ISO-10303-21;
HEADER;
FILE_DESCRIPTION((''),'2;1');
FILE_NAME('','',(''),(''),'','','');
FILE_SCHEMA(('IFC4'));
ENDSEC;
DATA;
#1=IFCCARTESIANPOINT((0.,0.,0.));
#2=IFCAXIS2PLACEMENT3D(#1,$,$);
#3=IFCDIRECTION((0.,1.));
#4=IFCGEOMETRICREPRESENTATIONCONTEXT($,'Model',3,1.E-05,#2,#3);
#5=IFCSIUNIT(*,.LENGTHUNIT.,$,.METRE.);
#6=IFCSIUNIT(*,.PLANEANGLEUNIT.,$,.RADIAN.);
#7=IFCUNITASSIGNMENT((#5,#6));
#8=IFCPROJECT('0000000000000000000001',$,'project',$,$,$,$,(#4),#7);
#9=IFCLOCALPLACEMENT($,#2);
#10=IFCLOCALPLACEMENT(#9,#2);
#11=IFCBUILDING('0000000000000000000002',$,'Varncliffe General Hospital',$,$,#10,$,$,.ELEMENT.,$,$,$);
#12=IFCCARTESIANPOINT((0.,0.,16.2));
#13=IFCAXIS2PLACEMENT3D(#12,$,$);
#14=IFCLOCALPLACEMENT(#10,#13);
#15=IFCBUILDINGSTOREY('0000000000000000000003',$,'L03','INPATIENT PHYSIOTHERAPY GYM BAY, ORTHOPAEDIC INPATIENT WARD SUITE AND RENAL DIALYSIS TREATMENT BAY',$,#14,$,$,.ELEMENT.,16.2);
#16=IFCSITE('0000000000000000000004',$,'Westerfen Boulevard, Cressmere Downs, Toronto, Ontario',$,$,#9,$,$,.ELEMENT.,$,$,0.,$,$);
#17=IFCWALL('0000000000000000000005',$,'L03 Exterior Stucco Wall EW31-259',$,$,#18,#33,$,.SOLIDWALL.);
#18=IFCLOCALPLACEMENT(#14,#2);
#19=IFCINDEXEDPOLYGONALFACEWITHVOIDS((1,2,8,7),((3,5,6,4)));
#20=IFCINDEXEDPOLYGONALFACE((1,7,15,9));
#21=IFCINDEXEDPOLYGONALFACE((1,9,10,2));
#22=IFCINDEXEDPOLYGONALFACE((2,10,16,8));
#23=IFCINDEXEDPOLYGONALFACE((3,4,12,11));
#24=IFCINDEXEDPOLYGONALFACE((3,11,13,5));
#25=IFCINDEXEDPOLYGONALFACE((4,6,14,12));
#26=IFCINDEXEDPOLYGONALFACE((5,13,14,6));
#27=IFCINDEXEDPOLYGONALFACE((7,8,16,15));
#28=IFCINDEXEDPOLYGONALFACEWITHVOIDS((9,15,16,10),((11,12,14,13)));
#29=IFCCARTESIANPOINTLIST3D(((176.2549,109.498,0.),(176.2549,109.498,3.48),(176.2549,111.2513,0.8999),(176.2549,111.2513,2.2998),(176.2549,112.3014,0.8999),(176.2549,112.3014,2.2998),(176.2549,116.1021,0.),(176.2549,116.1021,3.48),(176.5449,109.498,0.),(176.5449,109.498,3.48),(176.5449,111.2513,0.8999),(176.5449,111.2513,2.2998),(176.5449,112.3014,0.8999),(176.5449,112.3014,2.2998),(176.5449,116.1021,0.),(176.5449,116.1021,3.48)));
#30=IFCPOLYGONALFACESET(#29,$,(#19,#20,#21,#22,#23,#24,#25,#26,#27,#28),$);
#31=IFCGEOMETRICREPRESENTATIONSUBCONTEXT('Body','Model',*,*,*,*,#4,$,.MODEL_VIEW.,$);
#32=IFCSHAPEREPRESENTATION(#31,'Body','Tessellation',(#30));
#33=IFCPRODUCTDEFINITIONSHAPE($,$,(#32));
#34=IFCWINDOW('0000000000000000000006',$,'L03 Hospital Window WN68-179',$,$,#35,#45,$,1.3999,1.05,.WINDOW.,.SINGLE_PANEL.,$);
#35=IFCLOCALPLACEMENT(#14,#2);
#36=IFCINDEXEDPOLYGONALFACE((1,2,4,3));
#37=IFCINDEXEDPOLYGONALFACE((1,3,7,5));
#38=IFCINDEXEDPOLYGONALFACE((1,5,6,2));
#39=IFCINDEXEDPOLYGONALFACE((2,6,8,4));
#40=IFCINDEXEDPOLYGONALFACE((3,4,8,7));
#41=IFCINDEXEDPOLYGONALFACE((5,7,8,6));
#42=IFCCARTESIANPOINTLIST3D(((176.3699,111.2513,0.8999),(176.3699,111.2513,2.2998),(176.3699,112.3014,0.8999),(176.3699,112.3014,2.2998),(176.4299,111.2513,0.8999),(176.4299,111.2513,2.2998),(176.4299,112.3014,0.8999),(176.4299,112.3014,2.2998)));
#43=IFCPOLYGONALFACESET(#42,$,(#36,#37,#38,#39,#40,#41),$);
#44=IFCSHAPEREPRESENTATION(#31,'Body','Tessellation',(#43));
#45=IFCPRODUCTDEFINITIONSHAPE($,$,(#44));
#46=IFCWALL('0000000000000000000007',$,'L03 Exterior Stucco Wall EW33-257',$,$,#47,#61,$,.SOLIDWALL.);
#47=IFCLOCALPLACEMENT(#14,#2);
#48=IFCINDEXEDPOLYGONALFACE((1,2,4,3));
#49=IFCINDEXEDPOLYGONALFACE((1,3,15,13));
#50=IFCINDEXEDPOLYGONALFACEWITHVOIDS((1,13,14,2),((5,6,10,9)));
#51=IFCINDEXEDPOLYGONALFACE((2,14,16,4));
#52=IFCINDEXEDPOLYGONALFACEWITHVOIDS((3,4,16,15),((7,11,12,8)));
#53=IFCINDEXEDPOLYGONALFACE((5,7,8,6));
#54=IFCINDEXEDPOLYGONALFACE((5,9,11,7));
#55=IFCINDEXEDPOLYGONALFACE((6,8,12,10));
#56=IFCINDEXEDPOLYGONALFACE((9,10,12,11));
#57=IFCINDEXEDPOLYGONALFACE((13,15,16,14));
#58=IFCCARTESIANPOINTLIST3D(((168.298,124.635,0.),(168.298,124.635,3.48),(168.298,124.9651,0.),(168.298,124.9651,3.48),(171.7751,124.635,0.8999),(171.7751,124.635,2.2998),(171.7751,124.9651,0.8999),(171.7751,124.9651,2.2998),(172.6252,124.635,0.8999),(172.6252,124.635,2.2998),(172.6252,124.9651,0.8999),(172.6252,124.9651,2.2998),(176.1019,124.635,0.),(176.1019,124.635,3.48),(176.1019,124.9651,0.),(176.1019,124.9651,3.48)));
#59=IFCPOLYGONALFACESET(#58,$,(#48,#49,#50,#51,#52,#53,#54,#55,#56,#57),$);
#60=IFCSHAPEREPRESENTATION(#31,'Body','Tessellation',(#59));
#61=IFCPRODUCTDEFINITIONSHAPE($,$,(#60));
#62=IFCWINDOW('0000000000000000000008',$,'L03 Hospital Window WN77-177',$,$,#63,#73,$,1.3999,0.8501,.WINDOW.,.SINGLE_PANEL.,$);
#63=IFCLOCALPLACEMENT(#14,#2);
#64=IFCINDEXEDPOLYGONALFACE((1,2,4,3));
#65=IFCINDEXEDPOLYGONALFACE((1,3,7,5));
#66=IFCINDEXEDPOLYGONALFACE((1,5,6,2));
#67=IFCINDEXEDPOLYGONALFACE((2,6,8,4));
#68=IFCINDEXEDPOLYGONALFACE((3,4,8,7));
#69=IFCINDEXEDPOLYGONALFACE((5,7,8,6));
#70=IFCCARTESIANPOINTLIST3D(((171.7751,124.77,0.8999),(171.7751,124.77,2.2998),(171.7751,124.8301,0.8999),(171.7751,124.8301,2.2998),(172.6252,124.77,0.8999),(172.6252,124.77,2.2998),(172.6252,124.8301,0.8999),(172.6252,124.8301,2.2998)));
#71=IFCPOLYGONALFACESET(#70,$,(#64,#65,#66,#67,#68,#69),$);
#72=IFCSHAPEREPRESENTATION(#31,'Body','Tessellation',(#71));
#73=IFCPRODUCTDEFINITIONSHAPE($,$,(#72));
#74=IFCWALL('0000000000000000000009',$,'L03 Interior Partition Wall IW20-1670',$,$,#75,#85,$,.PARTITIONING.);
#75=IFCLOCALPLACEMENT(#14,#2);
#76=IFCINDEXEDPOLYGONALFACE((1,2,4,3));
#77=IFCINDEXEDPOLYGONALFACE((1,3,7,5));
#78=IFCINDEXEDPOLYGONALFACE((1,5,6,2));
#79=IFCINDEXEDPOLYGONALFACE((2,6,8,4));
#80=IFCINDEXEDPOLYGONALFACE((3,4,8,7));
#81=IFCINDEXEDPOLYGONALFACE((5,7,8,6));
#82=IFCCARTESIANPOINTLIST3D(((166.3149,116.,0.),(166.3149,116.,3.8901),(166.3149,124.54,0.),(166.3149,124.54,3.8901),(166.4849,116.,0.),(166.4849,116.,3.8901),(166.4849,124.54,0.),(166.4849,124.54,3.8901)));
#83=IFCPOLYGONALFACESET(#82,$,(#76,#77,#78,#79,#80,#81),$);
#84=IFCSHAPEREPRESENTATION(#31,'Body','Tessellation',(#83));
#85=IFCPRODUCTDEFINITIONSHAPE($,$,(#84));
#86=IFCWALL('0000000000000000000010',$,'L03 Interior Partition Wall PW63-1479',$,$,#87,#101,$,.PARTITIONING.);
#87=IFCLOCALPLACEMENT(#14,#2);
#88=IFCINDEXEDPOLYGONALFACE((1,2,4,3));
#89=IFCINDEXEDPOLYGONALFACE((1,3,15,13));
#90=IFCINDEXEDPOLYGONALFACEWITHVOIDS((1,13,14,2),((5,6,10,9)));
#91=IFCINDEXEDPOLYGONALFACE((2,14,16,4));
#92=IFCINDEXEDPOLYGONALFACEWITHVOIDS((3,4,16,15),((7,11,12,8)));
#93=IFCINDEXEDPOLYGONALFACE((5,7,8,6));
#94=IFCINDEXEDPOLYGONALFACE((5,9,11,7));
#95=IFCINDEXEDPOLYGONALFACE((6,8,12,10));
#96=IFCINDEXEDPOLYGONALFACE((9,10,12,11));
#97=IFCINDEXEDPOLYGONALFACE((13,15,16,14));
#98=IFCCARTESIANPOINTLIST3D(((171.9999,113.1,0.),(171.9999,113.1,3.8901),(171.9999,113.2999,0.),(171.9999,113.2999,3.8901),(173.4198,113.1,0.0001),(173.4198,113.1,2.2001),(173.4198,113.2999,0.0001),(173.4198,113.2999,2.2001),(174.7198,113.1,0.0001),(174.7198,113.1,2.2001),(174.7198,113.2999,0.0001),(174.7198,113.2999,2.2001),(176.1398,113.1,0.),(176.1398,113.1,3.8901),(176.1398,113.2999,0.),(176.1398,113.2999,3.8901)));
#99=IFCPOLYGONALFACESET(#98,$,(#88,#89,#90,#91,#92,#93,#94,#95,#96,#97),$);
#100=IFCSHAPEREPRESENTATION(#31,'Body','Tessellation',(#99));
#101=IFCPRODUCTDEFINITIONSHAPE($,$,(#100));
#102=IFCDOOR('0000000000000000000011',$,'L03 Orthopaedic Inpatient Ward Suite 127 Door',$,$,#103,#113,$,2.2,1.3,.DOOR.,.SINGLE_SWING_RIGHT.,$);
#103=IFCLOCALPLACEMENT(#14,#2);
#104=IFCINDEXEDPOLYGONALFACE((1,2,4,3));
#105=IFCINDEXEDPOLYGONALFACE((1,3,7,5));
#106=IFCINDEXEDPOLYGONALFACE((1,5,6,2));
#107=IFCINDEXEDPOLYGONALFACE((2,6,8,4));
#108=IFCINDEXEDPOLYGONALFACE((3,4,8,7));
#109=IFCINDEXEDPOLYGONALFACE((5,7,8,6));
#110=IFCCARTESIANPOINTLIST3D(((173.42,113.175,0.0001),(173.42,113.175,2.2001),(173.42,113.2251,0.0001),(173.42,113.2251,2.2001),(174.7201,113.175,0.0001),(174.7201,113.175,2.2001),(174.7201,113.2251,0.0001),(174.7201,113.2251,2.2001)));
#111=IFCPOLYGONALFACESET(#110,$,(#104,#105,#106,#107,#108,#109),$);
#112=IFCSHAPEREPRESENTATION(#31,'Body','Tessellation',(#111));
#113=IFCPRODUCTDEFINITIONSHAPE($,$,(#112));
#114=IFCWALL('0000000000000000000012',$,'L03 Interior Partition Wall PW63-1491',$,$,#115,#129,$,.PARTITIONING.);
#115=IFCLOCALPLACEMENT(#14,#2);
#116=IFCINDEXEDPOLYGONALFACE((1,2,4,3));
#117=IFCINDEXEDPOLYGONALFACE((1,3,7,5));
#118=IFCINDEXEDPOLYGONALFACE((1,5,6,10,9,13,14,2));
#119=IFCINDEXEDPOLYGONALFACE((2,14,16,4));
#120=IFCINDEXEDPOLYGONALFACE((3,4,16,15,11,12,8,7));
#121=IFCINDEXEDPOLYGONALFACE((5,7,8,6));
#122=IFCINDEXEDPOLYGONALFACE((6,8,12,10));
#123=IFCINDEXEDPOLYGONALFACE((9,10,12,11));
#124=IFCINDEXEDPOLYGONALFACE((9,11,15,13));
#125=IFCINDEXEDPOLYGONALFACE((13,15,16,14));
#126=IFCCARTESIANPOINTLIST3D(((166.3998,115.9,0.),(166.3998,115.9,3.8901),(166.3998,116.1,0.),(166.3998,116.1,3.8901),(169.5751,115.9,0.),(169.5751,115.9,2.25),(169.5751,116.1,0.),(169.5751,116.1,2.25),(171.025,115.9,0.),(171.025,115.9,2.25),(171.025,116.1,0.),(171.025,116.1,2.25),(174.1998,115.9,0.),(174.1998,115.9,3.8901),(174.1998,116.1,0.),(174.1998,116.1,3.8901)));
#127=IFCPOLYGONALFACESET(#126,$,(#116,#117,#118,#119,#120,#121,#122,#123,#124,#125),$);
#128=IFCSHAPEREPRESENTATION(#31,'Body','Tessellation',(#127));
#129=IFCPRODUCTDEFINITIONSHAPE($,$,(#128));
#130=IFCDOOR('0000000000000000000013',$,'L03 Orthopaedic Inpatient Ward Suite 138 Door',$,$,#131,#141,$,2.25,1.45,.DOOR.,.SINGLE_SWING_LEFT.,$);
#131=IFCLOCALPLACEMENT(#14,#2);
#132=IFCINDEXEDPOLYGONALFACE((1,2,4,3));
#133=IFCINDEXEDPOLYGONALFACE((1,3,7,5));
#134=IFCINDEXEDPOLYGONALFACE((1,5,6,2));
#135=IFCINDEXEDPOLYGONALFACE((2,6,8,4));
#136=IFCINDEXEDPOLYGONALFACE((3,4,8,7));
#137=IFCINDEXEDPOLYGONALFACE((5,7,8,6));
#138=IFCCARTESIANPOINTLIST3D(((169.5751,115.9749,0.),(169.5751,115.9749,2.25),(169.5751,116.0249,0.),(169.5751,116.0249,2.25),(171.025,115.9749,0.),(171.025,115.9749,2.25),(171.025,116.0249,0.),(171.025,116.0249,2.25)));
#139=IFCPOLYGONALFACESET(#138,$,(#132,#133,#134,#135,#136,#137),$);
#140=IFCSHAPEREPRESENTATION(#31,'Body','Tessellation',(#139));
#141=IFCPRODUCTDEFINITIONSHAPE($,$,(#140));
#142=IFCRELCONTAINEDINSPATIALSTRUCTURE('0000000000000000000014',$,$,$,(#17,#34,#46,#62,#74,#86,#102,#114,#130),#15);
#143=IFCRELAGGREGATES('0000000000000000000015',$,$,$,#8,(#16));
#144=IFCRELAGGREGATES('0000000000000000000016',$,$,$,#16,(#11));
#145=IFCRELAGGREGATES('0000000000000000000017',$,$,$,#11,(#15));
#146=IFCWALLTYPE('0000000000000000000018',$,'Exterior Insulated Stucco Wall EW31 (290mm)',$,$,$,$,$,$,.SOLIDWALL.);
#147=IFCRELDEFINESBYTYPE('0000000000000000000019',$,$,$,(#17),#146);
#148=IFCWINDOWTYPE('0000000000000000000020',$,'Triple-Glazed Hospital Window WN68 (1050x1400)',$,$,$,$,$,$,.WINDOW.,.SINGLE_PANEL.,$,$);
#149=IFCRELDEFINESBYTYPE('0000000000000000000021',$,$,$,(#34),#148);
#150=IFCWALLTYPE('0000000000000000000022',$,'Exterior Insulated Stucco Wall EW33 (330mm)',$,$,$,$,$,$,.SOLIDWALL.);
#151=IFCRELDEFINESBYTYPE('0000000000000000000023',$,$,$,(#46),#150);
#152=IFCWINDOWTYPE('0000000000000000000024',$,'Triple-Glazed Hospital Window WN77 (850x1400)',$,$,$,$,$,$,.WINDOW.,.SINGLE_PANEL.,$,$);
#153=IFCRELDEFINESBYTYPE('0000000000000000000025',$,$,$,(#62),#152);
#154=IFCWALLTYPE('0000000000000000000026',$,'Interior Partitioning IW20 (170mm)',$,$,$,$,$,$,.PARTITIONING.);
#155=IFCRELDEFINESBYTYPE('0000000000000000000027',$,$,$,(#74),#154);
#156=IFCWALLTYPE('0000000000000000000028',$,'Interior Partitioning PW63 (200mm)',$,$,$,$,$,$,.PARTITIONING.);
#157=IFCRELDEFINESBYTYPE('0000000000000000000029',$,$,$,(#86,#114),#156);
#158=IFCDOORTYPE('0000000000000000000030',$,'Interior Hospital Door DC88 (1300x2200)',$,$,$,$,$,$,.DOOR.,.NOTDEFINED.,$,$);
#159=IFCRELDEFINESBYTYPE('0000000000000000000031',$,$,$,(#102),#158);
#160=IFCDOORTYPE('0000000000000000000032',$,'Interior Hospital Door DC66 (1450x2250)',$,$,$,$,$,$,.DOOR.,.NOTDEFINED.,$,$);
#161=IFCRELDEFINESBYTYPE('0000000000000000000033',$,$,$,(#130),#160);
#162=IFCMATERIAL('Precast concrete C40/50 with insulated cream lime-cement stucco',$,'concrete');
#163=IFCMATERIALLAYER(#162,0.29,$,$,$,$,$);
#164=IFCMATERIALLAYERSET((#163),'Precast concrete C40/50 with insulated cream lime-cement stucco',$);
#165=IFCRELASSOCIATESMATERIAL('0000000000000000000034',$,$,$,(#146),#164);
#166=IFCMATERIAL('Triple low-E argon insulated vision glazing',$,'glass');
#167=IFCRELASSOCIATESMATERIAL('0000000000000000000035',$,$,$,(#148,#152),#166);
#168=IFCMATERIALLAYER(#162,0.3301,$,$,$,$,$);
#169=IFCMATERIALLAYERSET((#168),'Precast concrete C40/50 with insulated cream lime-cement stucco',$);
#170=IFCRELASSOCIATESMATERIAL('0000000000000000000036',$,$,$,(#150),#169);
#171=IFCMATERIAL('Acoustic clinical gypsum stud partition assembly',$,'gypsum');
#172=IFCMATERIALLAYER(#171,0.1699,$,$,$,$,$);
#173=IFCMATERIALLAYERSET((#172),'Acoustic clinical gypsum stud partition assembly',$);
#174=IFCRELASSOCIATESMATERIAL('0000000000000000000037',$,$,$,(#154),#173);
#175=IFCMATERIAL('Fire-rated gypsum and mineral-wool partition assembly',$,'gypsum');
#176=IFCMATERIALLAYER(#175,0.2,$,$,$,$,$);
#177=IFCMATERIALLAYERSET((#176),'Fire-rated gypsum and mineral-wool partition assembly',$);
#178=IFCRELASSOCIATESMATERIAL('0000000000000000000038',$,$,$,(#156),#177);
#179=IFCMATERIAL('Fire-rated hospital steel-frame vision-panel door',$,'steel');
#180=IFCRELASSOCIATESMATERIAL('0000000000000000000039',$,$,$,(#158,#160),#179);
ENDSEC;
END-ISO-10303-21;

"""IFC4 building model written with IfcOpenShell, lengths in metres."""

from ifc_helpers import new_model, si_unit, direction, frame, frame_2d, origin, place, context, subcontext, project, spatial, rectangle, extrude, material, layer, layer_set, type_object, element, fill, save


model = new_model("IFC4")

# Units and contexts
model_context = context("Model", 3, precision=1e-05, world=origin(), true_north=direction((0.0, 1.0)))
body_context = subcontext(model_context, "Body", "Model", "MODEL_VIEW")
ifc_project = project(units=[si_unit("LENGTHUNIT", "METRE"), si_unit("PLANEANGLEUNIT", "RADIAN")], contexts=[model_context])

# Site, building, storey
site_placement = place(None, origin())
site = spatial("IfcSite", under=ifc_project, at=site_placement, Name="Westerfen Boulevard, Cressmere Downs, Toronto, Ontario", CompositionType="ELEMENT", RefElevation=0.0)
building_placement = place(site_placement, origin())
building = spatial("IfcBuilding", under=site, at=building_placement, Name="Varncliffe General Hospital", CompositionType="ELEMENT")
storey_placement = place(building_placement, frame((0.0, 0.0, 16.2)))
storey = spatial("IfcBuildingStorey", under=building, at=storey_placement, Name="L03", Description="INPATIENT PHYSIOTHERAPY GYM BAY, ORTHOPAEDIC INPATIENT WARD SUITE AND RENAL DIALYSIS TREATMENT BAY", CompositionType="ELEMENT", Elevation=16.2)

# Walls, openings, windows
ifc_material_1 = material(Name="Precast concrete C40/50 with insulated cream lime-cement stucco", Category="concrete")
ifc_material_2 = material(Name="Triple low-E argon insulated vision glazing", Category="glass")
ifc_layer_1 = layer(ifc_material_1, 0.29)
ifc_layer_set_1 = layer_set([ifc_layer_1], Name="Precast concrete C40/50 with insulated cream lime-cement stucco")
wall_type_1 = type_object("IfcWallType", Name="Exterior Insulated Stucco Wall EW31 (290mm)", PredefinedType="SOLIDWALL", material=ifc_layer_set_1)
wall_1_placement = place(storey_placement, frame((176.3999, 116.1021, 0.0), z_axis=(0.0, 0.0, 1.0), x_axis=(0.0, -1.0, 0.0)))
wall_1 = element("IfcWall", 1, at=wall_1_placement, inside=storey, type_object=wall_type_1, Name="L03 Exterior Stucco Wall EW31-259", PredefinedType="SOLIDWALL", context=body_context, shape_type="SweptSolid", body=[
    extrude(rectangle(XDim=6.604, YDim=0.29, at=frame_2d((3.302, 0.0))), origin(), (0.0, 0.0, 1.0), 3.48),
])
opening_1_placement = place(wall_1_placement, frame((3.8008, 0.0, 0.8999)))
opening_1 = element("IfcOpeningElement", 2, at=opening_1_placement, cuts=wall_1, PredefinedType="OPENING", context=body_context, shape_type="SweptSolid", body=[
    extrude(rectangle(XDim=1.05, YDim=1.3999, at=frame_2d((0.5249, 0.7))), frame((0.0, 0.155, 0.0), z_axis=(0.0, -1.0, 0.0), x_axis=(1.0, 0.0, 0.0)), (0.0, 0.0, 1.0), 0.3101),
])
window_type_1 = type_object("IfcWindowType", Name="Triple-Glazed Hospital Window WN68 (1050x1400)", PartitioningType="SINGLE_PANEL", PredefinedType="WINDOW", material=ifc_material_2)
window_1_placement = place(opening_1_placement, origin())
window_1 = element("IfcWindow", 3, at=window_1_placement, inside=storey, type_object=window_type_1, Name="L03 Hospital Window WN68-179", OverallHeight=1.3999, OverallWidth=1.05, PartitioningType="SINGLE_PANEL", PredefinedType="WINDOW", context=body_context, shape_type="SweptSolid", body=[
    extrude(rectangle(XDim=1.05, YDim=1.3999, at=frame_2d((0.5249, 0.7))), frame((0.0, 0.03, 0.0), z_axis=(0.0, -1.0, 0.0), x_axis=(1.0, 0.0, 0.0)), (0.0, 0.0, 1.0), 0.0601),
])
fill(opening_1, window_1)
ifc_layer_2 = layer(ifc_material_1, 0.3301)
ifc_layer_set_2 = layer_set([ifc_layer_2], Name="Precast concrete C40/50 with insulated cream lime-cement stucco")
wall_type_2 = type_object("IfcWallType", Name="Exterior Insulated Stucco Wall EW33 (330mm)", PredefinedType="SOLIDWALL", material=ifc_layer_set_2)
wall_2_placement = place(storey_placement, frame((168.2981, 124.8, 0.0), z_axis=(0.0, 0.0, 1.0), x_axis=(1.0, 0.0, 0.0)))
wall_2 = element("IfcWall", 4, at=wall_2_placement, inside=storey, type_object=wall_type_2, Name="L03 Exterior Stucco Wall EW33-257", PredefinedType="SOLIDWALL", context=body_context, shape_type="SweptSolid", body=[
    extrude(rectangle(XDim=7.804, YDim=0.3301, at=frame_2d((3.9019, 0.0))), origin(), (0.0, 0.0, 1.0), 3.48),
])
opening_2_placement = place(wall_2_placement, frame((3.4771, 0.0, 0.8999)))
opening_2 = element("IfcOpeningElement", 5, at=opening_2_placement, cuts=wall_2, PredefinedType="OPENING", context=body_context, shape_type="SweptSolid", body=[
    extrude(rectangle(XDim=0.8501, YDim=1.3999, at=frame_2d((0.425, 0.7))), frame((0.0, 0.175, 0.0), z_axis=(0.0, -1.0, 0.0), x_axis=(1.0, 0.0, 0.0)), (0.0, 0.0, 1.0), 0.3501),
])
window_type_2 = type_object("IfcWindowType", Name="Triple-Glazed Hospital Window WN77 (850x1400)", PartitioningType="SINGLE_PANEL", PredefinedType="WINDOW", material=ifc_material_2)
window_2_placement = place(opening_2_placement, origin())
window_2 = element("IfcWindow", 6, at=window_2_placement, inside=storey, type_object=window_type_2, Name="L03 Hospital Window WN77-177", OverallHeight=1.3999, OverallWidth=0.8501, PartitioningType="SINGLE_PANEL", PredefinedType="WINDOW", context=body_context, shape_type="SweptSolid", body=[
    extrude(rectangle(XDim=0.8501, YDim=1.3999, at=frame_2d((0.425, 0.7))), frame((0.0, 0.03, 0.0), z_axis=(0.0, -1.0, 0.0), x_axis=(1.0, 0.0, 0.0)), (0.0, 0.0, 1.0), 0.0601),
])
fill(opening_2, window_2)

# Wall
ifc_material_3 = material(Name="Acoustic clinical gypsum stud partition assembly", Category="gypsum")
ifc_layer_3 = layer(ifc_material_3, 0.1699)
ifc_layer_set_3 = layer_set([ifc_layer_3], Name="Acoustic clinical gypsum stud partition assembly")
wall_type_3 = type_object("IfcWallType", Name="Interior Partitioning IW20 (170mm)", PredefinedType="PARTITIONING", material=ifc_layer_set_3)
wall_3_placement = place(storey_placement, frame((166.3999, 116.0, 0.0), z_axis=(0.0, 0.0, 1.0), x_axis=(0.0, 1.0, 0.0)))
element("IfcWall", 7, at=wall_3_placement, inside=storey, type_object=wall_type_3, Name="L03 Interior Partition Wall IW20-1670", PredefinedType="PARTITIONING", context=body_context, shape_type="SweptSolid", body=[
    extrude(rectangle(XDim=8.54, YDim=0.1699, at=frame_2d((4.27, 0.0))), origin(), (0.0, 0.0, 1.0), 3.8901),
])

# Walls, openings, doors
ifc_material_4 = material(Name="Fire-rated gypsum and mineral-wool partition assembly", Category="gypsum")
ifc_layer_4 = layer(ifc_material_4, 0.2)
ifc_layer_set_4 = layer_set([ifc_layer_4], Name="Fire-rated gypsum and mineral-wool partition assembly")
wall_type_4 = type_object("IfcWallType", Name="Interior Partitioning PW63 (200mm)", PredefinedType="PARTITIONING", material=ifc_layer_set_4)
wall_4_placement = place(storey_placement, frame((172.0, 113.2, 0.0), z_axis=(0.0, 0.0, 1.0), x_axis=(1.0, 0.0, 0.0)))
wall_4 = element("IfcWall", 8, at=wall_4_placement, inside=storey, type_object=wall_type_4, Name="L03 Interior Partition Wall PW63-1479", PredefinedType="PARTITIONING", context=body_context, shape_type="SweptSolid", body=[
    extrude(rectangle(XDim=4.1399, YDim=0.2, at=frame_2d((2.0698, 0.0))), origin(), (0.0, 0.0, 1.0), 3.8901),
])
opening_3_placement = place(wall_4_placement, frame((1.4199, 0.0, 0.0)))
opening_3 = element("IfcOpeningElement", 9, at=opening_3_placement, cuts=wall_4, PredefinedType="OPENING", context=body_context, shape_type="SweptSolid", body=[
    extrude(rectangle(XDim=1.3, YDim=2.2, at=frame_2d((0.6499, 1.1001))), frame((0.0, 0.1099, 0.0), z_axis=(0.0, -1.0, 0.0), x_axis=(1.0, 0.0, 0.0)), (0.0, 0.0, 1.0), 0.22),
])
ifc_material_5 = material(Name="Fire-rated hospital steel-frame vision-panel door", Category="steel")
door_type_1 = type_object("IfcDoorType", Name="Interior Hospital Door DC88 (1300x2200)", OperationType="NOTDEFINED", PredefinedType="DOOR", material=ifc_material_5)
door_1_placement = place(opening_3_placement, frame((1.3, 0.0, 0.0), z_axis=(0.0, 0.0, 1.0), x_axis=(-1.0, 0.0, 0.0)))
door_1 = element("IfcDoor", 10, at=door_1_placement, inside=storey, type_object=door_type_1, Name="L03 Orthopaedic Inpatient Ward Suite 127 Door", OperationType="SINGLE_SWING_RIGHT", OverallHeight=2.2, OverallWidth=1.3, PredefinedType="DOOR", context=body_context, shape_type="SweptSolid", body=[
    extrude(rectangle(XDim=1.3, YDim=2.2, at=frame_2d((0.6499, 1.1001))), frame((0.0, 0.0249, 0.0), z_axis=(0.0, -1.0, 0.0), x_axis=(1.0, 0.0, 0.0)), (0.0, 0.0, 1.0), 0.05),
])
fill(opening_3, door_1)
wall_5_placement = place(storey_placement, frame((166.3999, 116.0, 0.0), z_axis=(0.0, 0.0, 1.0), x_axis=(1.0, 0.0, 0.0)))
wall_5 = element("IfcWall", 11, at=wall_5_placement, inside=storey, type_object=wall_type_4, Name="L03 Interior Partition Wall PW63-1491", PredefinedType="PARTITIONING", context=body_context, shape_type="SweptSolid", body=[
    extrude(rectangle(XDim=7.8, YDim=0.2, at=frame_2d((3.8999, 0.0))), origin(), (0.0, 0.0, 1.0), 3.8901),
])
opening_4_placement = place(wall_5_placement, frame((3.175, 0.0, 0.0)))
opening_4 = element("IfcOpeningElement", 12, at=opening_4_placement, cuts=wall_5, PredefinedType="OPENING", context=body_context, shape_type="SweptSolid", body=[
    extrude(rectangle(XDim=1.45, YDim=2.25, at=frame_2d((0.7251, 1.125))), frame((0.0, 0.1099, 0.0), z_axis=(0.0, -1.0, 0.0), x_axis=(1.0, 0.0, 0.0)), (0.0, 0.0, 1.0), 0.22),
])
door_type_2 = type_object("IfcDoorType", Name="Interior Hospital Door DC66 (1450x2250)", OperationType="NOTDEFINED", PredefinedType="DOOR", material=ifc_material_5)
door_2_placement = place(opening_4_placement, origin())
door_2 = element("IfcDoor", 13, at=door_2_placement, inside=storey, type_object=door_type_2, Name="L03 Orthopaedic Inpatient Ward Suite 138 Door", OperationType="SINGLE_SWING_LEFT", OverallHeight=2.25, OverallWidth=1.45, PredefinedType="DOOR", context=body_context, shape_type="SweptSolid", body=[
    extrude(rectangle(XDim=1.45, YDim=2.25, at=frame_2d((0.7251, 1.125))), frame((0.0, 0.0249, 0.0), z_axis=(0.0, -1.0, 0.0), x_axis=(1.0, 0.0, 0.0)), (0.0, 0.0, 1.0), 0.05),
])
fill(opening_4, door_2)

save(model, "model.ifc")
